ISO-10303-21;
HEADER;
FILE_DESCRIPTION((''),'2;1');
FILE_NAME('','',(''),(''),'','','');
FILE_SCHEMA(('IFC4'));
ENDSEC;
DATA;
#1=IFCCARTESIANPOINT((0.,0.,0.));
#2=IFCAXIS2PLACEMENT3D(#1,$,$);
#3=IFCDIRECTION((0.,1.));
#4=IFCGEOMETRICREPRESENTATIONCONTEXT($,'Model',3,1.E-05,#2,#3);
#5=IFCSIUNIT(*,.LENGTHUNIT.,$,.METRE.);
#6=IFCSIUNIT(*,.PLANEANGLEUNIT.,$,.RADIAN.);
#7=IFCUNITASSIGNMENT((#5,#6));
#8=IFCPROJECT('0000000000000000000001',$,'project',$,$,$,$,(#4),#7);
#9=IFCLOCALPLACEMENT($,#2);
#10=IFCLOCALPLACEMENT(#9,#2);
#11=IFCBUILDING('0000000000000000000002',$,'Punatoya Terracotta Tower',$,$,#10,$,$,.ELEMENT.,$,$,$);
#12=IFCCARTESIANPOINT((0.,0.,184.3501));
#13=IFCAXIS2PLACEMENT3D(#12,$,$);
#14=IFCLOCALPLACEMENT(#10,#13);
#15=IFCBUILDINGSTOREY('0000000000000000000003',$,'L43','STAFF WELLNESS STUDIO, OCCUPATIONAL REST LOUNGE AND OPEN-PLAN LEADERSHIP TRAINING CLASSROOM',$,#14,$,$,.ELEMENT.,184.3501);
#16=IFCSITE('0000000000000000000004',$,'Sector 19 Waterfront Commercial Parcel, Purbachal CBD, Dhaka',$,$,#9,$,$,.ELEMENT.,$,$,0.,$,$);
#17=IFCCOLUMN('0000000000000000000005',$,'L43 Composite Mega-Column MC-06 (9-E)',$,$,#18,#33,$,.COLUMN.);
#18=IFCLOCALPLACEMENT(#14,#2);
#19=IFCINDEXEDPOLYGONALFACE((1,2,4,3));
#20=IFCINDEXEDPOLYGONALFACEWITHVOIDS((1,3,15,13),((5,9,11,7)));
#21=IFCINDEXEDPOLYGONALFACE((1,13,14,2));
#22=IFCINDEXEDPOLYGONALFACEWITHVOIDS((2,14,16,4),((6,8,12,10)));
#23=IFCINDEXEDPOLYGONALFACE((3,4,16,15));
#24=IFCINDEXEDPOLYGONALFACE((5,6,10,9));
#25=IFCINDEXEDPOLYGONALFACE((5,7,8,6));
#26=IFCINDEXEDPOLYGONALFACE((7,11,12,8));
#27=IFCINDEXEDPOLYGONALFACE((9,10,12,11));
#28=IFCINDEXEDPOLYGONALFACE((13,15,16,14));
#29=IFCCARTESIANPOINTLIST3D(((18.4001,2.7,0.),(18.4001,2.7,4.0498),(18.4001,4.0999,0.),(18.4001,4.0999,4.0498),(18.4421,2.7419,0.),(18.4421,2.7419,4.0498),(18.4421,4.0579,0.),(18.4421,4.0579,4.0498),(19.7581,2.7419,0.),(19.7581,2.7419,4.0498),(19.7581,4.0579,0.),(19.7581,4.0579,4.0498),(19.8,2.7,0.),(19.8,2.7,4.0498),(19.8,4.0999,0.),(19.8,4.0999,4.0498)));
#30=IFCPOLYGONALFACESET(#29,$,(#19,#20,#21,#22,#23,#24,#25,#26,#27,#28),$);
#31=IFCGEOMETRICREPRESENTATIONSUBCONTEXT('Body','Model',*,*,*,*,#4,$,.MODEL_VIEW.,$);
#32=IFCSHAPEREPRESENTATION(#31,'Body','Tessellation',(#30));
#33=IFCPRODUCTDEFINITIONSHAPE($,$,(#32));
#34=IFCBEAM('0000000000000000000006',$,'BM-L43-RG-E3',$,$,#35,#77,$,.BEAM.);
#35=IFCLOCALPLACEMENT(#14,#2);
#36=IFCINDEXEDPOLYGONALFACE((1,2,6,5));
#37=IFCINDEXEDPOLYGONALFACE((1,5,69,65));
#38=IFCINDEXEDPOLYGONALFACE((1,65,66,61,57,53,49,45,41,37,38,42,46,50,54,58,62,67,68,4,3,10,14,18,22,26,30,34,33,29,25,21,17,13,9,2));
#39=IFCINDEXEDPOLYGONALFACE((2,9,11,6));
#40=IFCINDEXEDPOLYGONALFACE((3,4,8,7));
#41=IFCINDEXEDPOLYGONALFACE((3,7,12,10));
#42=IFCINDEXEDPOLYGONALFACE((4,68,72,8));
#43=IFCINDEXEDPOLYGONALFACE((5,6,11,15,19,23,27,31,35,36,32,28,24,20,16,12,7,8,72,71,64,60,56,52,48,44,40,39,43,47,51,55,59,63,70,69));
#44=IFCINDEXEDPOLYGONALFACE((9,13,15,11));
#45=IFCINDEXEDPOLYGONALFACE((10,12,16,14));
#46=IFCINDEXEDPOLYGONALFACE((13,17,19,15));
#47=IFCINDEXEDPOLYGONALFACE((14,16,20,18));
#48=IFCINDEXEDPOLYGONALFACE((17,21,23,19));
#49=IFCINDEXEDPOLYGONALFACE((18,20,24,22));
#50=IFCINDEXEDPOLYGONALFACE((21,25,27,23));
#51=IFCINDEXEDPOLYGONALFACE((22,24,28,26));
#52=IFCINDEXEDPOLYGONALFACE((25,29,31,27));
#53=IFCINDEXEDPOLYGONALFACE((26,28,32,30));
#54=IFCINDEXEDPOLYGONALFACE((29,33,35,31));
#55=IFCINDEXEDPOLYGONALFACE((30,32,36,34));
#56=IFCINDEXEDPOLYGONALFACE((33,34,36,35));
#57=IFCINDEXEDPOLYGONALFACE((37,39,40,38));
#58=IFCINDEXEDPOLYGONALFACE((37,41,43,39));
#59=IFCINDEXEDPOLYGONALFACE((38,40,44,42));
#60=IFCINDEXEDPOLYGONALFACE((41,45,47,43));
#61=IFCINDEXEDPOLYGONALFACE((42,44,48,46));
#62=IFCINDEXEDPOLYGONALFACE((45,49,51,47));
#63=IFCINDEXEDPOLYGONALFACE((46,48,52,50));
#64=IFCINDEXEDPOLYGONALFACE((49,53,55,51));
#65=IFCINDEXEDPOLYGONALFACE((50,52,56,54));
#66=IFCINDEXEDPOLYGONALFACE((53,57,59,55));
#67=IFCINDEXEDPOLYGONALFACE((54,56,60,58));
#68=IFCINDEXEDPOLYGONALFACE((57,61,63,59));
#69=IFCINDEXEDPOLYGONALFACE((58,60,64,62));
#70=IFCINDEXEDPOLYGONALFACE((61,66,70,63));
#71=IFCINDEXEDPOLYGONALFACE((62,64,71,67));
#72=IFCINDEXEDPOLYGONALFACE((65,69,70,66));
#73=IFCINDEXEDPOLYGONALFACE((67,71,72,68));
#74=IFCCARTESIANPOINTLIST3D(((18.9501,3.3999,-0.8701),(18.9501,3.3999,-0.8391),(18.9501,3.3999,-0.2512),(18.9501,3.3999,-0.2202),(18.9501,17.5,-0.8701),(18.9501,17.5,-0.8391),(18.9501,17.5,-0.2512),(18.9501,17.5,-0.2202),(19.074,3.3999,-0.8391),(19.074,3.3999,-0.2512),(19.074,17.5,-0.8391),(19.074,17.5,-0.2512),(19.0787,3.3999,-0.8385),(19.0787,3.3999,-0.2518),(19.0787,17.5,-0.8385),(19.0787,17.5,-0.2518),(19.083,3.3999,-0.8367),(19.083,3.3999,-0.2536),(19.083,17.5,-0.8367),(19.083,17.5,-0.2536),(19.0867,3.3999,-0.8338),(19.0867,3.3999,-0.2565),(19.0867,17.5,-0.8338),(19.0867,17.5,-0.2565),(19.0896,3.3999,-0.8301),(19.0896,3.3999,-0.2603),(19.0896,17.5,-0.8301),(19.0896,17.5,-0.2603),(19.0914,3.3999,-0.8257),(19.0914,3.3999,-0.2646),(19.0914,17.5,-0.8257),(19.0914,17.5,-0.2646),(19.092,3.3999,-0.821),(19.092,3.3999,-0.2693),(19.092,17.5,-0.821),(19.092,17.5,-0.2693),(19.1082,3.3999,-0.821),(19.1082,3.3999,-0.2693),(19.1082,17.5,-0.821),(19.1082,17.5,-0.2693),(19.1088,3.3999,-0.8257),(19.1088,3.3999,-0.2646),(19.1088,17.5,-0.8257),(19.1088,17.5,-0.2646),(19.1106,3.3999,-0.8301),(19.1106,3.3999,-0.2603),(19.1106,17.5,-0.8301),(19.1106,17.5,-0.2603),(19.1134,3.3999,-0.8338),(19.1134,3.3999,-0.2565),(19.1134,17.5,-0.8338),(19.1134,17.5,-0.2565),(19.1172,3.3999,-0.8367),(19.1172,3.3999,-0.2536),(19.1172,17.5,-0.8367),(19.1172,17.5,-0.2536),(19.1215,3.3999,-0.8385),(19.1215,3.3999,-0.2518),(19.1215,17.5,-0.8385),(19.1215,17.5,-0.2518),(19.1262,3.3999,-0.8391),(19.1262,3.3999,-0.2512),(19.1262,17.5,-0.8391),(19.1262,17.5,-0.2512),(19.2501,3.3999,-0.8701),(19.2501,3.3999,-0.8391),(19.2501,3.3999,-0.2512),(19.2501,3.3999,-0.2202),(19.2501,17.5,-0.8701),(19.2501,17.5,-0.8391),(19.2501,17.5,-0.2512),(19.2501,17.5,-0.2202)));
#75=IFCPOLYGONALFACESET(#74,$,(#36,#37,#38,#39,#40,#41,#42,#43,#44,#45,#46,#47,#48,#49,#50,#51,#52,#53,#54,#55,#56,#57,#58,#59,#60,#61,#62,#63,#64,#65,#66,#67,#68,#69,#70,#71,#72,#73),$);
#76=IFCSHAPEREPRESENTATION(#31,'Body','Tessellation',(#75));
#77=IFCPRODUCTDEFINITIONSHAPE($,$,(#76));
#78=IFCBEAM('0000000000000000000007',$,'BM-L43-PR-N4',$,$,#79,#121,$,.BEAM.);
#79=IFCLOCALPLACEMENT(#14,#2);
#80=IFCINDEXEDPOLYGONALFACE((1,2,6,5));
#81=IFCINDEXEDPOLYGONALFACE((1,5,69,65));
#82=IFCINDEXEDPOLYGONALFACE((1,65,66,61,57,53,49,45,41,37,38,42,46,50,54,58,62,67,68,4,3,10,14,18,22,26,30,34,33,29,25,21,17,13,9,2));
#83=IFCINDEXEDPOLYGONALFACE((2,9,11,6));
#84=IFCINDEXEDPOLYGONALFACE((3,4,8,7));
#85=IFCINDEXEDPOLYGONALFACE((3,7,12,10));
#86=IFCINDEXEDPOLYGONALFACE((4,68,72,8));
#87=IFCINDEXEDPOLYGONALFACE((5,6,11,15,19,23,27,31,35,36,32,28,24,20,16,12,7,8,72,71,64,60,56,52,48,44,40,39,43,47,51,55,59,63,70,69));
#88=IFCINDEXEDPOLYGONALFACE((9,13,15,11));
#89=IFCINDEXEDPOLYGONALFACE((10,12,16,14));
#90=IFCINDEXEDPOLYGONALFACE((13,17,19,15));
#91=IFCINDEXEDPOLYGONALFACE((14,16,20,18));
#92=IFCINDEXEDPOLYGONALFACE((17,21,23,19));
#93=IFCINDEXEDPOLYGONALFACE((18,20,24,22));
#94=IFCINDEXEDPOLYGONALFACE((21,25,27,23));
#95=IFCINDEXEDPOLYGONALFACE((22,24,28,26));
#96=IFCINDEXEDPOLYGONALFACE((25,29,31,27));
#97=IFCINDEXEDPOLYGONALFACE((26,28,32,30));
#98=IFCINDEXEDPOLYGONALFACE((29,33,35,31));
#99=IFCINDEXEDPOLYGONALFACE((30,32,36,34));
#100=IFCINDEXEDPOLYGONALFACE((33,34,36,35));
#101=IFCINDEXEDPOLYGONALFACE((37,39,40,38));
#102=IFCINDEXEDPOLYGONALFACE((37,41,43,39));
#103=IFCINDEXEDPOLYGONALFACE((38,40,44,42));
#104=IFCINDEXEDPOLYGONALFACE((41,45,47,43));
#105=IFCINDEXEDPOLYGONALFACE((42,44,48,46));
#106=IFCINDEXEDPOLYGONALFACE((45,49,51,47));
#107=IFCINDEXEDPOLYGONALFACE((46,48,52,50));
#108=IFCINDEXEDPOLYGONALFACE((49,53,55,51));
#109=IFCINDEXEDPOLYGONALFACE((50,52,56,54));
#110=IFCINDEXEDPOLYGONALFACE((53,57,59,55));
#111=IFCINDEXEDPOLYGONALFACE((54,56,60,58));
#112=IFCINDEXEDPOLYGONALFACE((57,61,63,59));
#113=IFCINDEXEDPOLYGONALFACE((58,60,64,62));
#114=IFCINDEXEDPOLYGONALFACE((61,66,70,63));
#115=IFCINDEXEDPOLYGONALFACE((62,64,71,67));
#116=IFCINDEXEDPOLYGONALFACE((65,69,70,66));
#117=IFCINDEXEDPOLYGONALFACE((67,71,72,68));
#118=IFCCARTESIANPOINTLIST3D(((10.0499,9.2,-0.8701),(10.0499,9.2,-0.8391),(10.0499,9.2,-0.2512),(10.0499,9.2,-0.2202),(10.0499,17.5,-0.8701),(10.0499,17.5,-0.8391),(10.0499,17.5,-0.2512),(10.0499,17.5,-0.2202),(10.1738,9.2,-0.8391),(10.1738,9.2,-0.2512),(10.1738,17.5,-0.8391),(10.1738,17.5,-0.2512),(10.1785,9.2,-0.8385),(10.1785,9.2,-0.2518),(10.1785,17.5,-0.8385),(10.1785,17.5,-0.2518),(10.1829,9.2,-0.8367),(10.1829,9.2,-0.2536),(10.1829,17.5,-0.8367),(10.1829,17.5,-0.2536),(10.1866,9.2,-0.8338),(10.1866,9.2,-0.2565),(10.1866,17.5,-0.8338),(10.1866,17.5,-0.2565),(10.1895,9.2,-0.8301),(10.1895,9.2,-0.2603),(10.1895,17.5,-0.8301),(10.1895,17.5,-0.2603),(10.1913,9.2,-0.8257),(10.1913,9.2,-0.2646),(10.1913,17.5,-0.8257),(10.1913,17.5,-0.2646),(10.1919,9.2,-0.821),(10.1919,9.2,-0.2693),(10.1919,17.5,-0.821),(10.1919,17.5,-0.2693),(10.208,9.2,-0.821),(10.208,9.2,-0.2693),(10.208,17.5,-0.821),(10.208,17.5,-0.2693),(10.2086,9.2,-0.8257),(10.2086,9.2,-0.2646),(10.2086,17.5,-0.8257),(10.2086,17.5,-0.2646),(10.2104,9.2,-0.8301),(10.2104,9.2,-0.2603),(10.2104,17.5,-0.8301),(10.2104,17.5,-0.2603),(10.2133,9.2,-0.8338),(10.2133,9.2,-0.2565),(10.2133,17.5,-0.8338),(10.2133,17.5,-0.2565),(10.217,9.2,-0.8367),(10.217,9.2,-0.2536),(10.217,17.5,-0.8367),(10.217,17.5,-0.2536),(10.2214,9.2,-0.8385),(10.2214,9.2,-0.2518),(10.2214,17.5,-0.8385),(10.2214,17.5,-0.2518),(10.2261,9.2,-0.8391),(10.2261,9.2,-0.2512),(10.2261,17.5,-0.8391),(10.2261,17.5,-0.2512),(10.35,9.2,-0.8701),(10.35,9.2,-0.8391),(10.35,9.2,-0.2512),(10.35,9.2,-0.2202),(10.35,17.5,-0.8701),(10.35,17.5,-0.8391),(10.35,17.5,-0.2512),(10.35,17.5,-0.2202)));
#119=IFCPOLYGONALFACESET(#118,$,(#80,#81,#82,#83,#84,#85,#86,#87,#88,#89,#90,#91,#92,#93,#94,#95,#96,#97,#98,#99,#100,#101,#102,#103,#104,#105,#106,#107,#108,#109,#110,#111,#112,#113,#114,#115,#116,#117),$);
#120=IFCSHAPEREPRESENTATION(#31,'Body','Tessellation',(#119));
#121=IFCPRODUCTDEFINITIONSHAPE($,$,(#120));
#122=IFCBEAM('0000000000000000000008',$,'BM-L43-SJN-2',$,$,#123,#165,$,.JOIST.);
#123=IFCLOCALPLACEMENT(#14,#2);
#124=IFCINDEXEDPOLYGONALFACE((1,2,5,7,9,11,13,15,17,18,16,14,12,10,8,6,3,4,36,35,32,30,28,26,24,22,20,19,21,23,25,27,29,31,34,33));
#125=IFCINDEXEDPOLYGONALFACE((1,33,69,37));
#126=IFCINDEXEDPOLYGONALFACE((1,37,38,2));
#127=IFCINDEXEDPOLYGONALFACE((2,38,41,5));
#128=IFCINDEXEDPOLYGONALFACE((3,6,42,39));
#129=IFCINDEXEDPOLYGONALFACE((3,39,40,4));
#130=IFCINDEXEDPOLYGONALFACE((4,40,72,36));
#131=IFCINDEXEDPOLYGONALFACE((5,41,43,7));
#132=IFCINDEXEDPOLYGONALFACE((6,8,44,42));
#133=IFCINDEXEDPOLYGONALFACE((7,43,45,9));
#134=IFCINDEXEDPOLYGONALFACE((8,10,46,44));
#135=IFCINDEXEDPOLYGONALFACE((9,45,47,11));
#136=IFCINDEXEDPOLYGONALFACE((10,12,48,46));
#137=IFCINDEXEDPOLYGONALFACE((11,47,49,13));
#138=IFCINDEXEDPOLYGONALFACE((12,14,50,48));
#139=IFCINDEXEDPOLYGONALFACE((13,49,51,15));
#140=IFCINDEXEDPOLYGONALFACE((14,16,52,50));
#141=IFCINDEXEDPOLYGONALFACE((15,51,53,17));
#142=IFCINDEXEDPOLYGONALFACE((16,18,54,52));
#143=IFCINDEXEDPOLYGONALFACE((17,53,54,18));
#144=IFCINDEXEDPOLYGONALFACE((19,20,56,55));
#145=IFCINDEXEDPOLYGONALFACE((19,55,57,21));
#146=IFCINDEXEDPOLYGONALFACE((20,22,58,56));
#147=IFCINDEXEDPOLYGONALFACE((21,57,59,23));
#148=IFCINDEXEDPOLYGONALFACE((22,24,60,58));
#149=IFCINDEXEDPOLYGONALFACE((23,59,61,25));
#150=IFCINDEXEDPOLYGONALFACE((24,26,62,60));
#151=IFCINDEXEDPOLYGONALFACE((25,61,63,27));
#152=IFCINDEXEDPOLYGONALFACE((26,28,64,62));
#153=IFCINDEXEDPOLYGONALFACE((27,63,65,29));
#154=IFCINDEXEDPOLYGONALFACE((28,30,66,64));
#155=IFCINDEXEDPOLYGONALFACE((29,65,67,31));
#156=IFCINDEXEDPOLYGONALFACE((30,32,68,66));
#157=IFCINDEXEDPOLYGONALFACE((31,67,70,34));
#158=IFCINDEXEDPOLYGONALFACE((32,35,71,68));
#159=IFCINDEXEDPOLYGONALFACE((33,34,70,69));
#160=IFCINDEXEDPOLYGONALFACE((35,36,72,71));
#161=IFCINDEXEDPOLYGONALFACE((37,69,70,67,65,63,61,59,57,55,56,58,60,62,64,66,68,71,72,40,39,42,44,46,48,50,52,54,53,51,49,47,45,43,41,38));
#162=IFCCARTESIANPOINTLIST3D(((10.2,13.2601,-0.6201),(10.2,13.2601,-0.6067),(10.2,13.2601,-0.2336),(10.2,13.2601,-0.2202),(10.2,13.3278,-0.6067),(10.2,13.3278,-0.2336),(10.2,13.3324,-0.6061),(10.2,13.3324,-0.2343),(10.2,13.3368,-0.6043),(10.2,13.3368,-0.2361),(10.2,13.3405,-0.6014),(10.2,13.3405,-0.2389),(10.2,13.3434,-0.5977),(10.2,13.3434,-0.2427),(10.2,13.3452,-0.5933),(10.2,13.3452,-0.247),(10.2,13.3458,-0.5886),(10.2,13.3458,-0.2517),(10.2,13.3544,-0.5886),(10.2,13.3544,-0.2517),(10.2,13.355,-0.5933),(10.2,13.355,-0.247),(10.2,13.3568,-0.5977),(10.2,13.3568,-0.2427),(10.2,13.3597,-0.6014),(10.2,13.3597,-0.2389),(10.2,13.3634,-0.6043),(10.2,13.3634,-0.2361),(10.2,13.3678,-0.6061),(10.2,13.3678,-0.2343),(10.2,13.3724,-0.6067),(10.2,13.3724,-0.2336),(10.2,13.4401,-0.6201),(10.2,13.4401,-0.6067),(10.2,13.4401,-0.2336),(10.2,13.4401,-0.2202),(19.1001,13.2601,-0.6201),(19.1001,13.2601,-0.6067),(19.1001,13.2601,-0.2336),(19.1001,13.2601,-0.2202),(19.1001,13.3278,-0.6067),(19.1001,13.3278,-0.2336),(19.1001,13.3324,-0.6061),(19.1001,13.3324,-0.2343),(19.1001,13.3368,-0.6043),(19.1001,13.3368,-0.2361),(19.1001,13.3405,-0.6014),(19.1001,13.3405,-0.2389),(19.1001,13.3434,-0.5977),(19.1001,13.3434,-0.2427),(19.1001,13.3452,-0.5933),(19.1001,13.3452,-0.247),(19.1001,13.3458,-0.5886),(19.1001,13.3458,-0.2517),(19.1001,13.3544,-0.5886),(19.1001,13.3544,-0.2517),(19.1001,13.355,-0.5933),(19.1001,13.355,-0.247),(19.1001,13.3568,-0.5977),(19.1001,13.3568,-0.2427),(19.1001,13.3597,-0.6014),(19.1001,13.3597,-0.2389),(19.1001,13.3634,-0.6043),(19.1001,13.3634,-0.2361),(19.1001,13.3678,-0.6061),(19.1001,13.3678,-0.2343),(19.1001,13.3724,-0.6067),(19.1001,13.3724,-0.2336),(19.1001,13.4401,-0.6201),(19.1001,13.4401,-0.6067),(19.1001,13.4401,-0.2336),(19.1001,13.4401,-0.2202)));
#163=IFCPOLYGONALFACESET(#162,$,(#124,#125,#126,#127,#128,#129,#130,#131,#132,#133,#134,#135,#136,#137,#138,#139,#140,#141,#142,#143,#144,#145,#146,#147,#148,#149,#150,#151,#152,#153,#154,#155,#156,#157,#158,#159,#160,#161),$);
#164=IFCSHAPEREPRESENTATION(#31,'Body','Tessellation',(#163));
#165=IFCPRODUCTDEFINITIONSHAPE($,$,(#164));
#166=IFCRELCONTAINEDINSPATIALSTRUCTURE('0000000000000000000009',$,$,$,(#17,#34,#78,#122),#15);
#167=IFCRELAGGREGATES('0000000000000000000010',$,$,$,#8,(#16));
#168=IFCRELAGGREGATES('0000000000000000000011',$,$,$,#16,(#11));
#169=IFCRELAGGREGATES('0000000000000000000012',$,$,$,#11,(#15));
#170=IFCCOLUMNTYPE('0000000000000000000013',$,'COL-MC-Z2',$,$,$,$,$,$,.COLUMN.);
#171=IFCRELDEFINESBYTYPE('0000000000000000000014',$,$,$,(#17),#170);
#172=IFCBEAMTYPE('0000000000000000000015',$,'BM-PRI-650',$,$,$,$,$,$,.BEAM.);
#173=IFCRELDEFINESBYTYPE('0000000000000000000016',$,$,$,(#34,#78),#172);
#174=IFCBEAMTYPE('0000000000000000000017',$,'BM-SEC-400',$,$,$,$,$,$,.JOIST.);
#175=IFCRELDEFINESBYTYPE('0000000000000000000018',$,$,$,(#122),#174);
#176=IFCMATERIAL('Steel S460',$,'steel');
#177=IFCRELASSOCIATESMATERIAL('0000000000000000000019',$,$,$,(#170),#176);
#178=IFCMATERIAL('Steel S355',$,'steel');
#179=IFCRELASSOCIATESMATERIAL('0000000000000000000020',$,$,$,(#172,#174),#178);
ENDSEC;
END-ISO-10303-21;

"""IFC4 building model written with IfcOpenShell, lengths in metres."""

from ifc_helpers import new_model, si_unit, direction, frame, origin, origin_2d, place, context, subcontext, project, spatial, hollow_rectangle, i_section, extrude, material, material_profile, profile_set, type_object, element, save


model = new_model("IFC4")

# Units and contexts
model_context = context("Model", 3, precision=1e-05, world=origin(), true_north=direction((0.0, 1.0)))
body_context = subcontext(model_context, "Body", "Model", "MODEL_VIEW")
ifc_project = project(units=[si_unit("LENGTHUNIT", "METRE"), si_unit("PLANEANGLEUNIT", "RADIAN")], contexts=[model_context])

# Site, building, storey
site_placement = place(None, origin())
site = spatial("IfcSite", under=ifc_project, at=site_placement, Name="Sector 19 Waterfront Commercial Parcel, Purbachal CBD, Dhaka", CompositionType="ELEMENT", RefElevation=0.0)
building_placement = place(site_placement, origin())
building = spatial("IfcBuilding", under=site, at=building_placement, Name="Punatoya Terracotta Tower", CompositionType="ELEMENT")
storey_placement = place(building_placement, frame((0.0, 0.0, 184.3501)))
storey = spatial("IfcBuildingStorey", under=building, at=storey_placement, Name="L43", Description="STAFF WELLNESS STUDIO, OCCUPATIONAL REST LOUNGE AND OPEN-PLAN LEADERSHIP TRAINING CLASSROOM", CompositionType="ELEMENT", Elevation=184.3501)

# Column
ifc_material_1 = material(Name="Steel S460", Category="steel")
ifc_material_profile_1 = material_profile(ifc_material_1, hollow_rectangle(XDim=1.3999, YDim=1.3999, WallThickness=0.042, at=origin_2d()))
ifc_profile_set_1 = profile_set([ifc_material_profile_1], Name="Steel S460")
column_type = type_object("IfcColumnType", Name="COL-MC-Z2", PredefinedType="COLUMN", material=ifc_profile_set_1)
column_placement = place(storey_placement, frame((19.1001, 3.3999, 0.0), z_axis=(0.0, 0.0, 1.0), x_axis=(1.0, 0.0, 0.0)))
element("IfcColumn", 1, at=column_placement, inside=storey, type_object=column_type, Name="L43 Composite Mega-Column MC-06 (9-E)", PredefinedType="COLUMN", context=body_context, shape_type="SweptSolid", body=[
    extrude(hollow_rectangle(XDim=1.3999, YDim=1.3999, WallThickness=0.042, at=origin_2d()), origin(), (0.0, 0.0, 1.0), 4.0498),
])

# Beams
ifc_material_2 = material(Name="Steel S355", Category="steel")
ifc_material_profile_2 = material_profile(ifc_material_2, i_section(OverallWidth=0.3, OverallDepth=0.6499, WebThickness=0.0161, FlangeThickness=0.031, FilletRadius=0.0181, at=origin_2d()))
ifc_profile_set_2 = profile_set([ifc_material_profile_2], Name="Steel S355")
beam_type_1 = type_object("IfcBeamType", Name="BM-PRI-650", PredefinedType="BEAM", material=ifc_profile_set_2)
beam_1_placement = place(storey_placement, frame((19.1001, 3.3999, -0.5452), z_axis=(0.0, 1.0, 0.0), x_axis=(-1.0, 0.0, 0.0)))
element("IfcBeam", 2, at=beam_1_placement, inside=storey, type_object=beam_type_1, Name="BM-L43-RG-E3", PredefinedType="BEAM", context=body_context, shape_type="SweptSolid", body=[
    extrude(i_section(OverallWidth=0.3, OverallDepth=0.6499, WebThickness=0.0161, FlangeThickness=0.031, FilletRadius=0.0181, at=origin_2d()), origin(), (0.0, 0.0, 1.0), 14.1001),
])
beam_2_placement = place(storey_placement, frame((10.2, 9.2, -0.5452), z_axis=(0.0, 1.0, 0.0), x_axis=(-1.0, 0.0, 0.0)))
element("IfcBeam", 3, at=beam_2_placement, inside=storey, type_object=beam_type_1, Name="BM-L43-PR-N4", PredefinedType="BEAM", context=body_context, shape_type="SweptSolid", body=[
    extrude(i_section(OverallWidth=0.3, OverallDepth=0.6499, WebThickness=0.0161, FlangeThickness=0.031, FilletRadius=0.0181, at=origin_2d()), origin(), (0.0, 0.0, 1.0), 8.3),
])
ifc_material_profile_3 = material_profile(ifc_material_2, i_section(OverallWidth=0.1799, OverallDepth=0.3999, WebThickness=0.0085, FlangeThickness=0.0134, FilletRadius=0.0181, at=origin_2d()))
ifc_profile_set_3 = profile_set([ifc_material_profile_3], Name="Steel S355")
beam_type_2 = type_object("IfcBeamType", Name="BM-SEC-400", PredefinedType="JOIST", material=ifc_profile_set_3)
beam_3_placement = place(storey_placement, frame((10.2, 13.3501, -0.4202), z_axis=(1.0, 0.0, 0.0), x_axis=(0.0, 1.0, 0.0)))
element("IfcBeam", 4, at=beam_3_placement, inside=storey, type_object=beam_type_2, Name="BM-L43-SJN-2", PredefinedType="JOIST", context=body_context, shape_type="SweptSolid", body=[
    extrude(i_section(OverallWidth=0.1799, OverallDepth=0.3999, WebThickness=0.0085, FlangeThickness=0.0134, FilletRadius=0.0181, at=origin_2d()), origin(), (0.0, 0.0, 1.0), 8.9001),
])

save(model, "model.ifc")
